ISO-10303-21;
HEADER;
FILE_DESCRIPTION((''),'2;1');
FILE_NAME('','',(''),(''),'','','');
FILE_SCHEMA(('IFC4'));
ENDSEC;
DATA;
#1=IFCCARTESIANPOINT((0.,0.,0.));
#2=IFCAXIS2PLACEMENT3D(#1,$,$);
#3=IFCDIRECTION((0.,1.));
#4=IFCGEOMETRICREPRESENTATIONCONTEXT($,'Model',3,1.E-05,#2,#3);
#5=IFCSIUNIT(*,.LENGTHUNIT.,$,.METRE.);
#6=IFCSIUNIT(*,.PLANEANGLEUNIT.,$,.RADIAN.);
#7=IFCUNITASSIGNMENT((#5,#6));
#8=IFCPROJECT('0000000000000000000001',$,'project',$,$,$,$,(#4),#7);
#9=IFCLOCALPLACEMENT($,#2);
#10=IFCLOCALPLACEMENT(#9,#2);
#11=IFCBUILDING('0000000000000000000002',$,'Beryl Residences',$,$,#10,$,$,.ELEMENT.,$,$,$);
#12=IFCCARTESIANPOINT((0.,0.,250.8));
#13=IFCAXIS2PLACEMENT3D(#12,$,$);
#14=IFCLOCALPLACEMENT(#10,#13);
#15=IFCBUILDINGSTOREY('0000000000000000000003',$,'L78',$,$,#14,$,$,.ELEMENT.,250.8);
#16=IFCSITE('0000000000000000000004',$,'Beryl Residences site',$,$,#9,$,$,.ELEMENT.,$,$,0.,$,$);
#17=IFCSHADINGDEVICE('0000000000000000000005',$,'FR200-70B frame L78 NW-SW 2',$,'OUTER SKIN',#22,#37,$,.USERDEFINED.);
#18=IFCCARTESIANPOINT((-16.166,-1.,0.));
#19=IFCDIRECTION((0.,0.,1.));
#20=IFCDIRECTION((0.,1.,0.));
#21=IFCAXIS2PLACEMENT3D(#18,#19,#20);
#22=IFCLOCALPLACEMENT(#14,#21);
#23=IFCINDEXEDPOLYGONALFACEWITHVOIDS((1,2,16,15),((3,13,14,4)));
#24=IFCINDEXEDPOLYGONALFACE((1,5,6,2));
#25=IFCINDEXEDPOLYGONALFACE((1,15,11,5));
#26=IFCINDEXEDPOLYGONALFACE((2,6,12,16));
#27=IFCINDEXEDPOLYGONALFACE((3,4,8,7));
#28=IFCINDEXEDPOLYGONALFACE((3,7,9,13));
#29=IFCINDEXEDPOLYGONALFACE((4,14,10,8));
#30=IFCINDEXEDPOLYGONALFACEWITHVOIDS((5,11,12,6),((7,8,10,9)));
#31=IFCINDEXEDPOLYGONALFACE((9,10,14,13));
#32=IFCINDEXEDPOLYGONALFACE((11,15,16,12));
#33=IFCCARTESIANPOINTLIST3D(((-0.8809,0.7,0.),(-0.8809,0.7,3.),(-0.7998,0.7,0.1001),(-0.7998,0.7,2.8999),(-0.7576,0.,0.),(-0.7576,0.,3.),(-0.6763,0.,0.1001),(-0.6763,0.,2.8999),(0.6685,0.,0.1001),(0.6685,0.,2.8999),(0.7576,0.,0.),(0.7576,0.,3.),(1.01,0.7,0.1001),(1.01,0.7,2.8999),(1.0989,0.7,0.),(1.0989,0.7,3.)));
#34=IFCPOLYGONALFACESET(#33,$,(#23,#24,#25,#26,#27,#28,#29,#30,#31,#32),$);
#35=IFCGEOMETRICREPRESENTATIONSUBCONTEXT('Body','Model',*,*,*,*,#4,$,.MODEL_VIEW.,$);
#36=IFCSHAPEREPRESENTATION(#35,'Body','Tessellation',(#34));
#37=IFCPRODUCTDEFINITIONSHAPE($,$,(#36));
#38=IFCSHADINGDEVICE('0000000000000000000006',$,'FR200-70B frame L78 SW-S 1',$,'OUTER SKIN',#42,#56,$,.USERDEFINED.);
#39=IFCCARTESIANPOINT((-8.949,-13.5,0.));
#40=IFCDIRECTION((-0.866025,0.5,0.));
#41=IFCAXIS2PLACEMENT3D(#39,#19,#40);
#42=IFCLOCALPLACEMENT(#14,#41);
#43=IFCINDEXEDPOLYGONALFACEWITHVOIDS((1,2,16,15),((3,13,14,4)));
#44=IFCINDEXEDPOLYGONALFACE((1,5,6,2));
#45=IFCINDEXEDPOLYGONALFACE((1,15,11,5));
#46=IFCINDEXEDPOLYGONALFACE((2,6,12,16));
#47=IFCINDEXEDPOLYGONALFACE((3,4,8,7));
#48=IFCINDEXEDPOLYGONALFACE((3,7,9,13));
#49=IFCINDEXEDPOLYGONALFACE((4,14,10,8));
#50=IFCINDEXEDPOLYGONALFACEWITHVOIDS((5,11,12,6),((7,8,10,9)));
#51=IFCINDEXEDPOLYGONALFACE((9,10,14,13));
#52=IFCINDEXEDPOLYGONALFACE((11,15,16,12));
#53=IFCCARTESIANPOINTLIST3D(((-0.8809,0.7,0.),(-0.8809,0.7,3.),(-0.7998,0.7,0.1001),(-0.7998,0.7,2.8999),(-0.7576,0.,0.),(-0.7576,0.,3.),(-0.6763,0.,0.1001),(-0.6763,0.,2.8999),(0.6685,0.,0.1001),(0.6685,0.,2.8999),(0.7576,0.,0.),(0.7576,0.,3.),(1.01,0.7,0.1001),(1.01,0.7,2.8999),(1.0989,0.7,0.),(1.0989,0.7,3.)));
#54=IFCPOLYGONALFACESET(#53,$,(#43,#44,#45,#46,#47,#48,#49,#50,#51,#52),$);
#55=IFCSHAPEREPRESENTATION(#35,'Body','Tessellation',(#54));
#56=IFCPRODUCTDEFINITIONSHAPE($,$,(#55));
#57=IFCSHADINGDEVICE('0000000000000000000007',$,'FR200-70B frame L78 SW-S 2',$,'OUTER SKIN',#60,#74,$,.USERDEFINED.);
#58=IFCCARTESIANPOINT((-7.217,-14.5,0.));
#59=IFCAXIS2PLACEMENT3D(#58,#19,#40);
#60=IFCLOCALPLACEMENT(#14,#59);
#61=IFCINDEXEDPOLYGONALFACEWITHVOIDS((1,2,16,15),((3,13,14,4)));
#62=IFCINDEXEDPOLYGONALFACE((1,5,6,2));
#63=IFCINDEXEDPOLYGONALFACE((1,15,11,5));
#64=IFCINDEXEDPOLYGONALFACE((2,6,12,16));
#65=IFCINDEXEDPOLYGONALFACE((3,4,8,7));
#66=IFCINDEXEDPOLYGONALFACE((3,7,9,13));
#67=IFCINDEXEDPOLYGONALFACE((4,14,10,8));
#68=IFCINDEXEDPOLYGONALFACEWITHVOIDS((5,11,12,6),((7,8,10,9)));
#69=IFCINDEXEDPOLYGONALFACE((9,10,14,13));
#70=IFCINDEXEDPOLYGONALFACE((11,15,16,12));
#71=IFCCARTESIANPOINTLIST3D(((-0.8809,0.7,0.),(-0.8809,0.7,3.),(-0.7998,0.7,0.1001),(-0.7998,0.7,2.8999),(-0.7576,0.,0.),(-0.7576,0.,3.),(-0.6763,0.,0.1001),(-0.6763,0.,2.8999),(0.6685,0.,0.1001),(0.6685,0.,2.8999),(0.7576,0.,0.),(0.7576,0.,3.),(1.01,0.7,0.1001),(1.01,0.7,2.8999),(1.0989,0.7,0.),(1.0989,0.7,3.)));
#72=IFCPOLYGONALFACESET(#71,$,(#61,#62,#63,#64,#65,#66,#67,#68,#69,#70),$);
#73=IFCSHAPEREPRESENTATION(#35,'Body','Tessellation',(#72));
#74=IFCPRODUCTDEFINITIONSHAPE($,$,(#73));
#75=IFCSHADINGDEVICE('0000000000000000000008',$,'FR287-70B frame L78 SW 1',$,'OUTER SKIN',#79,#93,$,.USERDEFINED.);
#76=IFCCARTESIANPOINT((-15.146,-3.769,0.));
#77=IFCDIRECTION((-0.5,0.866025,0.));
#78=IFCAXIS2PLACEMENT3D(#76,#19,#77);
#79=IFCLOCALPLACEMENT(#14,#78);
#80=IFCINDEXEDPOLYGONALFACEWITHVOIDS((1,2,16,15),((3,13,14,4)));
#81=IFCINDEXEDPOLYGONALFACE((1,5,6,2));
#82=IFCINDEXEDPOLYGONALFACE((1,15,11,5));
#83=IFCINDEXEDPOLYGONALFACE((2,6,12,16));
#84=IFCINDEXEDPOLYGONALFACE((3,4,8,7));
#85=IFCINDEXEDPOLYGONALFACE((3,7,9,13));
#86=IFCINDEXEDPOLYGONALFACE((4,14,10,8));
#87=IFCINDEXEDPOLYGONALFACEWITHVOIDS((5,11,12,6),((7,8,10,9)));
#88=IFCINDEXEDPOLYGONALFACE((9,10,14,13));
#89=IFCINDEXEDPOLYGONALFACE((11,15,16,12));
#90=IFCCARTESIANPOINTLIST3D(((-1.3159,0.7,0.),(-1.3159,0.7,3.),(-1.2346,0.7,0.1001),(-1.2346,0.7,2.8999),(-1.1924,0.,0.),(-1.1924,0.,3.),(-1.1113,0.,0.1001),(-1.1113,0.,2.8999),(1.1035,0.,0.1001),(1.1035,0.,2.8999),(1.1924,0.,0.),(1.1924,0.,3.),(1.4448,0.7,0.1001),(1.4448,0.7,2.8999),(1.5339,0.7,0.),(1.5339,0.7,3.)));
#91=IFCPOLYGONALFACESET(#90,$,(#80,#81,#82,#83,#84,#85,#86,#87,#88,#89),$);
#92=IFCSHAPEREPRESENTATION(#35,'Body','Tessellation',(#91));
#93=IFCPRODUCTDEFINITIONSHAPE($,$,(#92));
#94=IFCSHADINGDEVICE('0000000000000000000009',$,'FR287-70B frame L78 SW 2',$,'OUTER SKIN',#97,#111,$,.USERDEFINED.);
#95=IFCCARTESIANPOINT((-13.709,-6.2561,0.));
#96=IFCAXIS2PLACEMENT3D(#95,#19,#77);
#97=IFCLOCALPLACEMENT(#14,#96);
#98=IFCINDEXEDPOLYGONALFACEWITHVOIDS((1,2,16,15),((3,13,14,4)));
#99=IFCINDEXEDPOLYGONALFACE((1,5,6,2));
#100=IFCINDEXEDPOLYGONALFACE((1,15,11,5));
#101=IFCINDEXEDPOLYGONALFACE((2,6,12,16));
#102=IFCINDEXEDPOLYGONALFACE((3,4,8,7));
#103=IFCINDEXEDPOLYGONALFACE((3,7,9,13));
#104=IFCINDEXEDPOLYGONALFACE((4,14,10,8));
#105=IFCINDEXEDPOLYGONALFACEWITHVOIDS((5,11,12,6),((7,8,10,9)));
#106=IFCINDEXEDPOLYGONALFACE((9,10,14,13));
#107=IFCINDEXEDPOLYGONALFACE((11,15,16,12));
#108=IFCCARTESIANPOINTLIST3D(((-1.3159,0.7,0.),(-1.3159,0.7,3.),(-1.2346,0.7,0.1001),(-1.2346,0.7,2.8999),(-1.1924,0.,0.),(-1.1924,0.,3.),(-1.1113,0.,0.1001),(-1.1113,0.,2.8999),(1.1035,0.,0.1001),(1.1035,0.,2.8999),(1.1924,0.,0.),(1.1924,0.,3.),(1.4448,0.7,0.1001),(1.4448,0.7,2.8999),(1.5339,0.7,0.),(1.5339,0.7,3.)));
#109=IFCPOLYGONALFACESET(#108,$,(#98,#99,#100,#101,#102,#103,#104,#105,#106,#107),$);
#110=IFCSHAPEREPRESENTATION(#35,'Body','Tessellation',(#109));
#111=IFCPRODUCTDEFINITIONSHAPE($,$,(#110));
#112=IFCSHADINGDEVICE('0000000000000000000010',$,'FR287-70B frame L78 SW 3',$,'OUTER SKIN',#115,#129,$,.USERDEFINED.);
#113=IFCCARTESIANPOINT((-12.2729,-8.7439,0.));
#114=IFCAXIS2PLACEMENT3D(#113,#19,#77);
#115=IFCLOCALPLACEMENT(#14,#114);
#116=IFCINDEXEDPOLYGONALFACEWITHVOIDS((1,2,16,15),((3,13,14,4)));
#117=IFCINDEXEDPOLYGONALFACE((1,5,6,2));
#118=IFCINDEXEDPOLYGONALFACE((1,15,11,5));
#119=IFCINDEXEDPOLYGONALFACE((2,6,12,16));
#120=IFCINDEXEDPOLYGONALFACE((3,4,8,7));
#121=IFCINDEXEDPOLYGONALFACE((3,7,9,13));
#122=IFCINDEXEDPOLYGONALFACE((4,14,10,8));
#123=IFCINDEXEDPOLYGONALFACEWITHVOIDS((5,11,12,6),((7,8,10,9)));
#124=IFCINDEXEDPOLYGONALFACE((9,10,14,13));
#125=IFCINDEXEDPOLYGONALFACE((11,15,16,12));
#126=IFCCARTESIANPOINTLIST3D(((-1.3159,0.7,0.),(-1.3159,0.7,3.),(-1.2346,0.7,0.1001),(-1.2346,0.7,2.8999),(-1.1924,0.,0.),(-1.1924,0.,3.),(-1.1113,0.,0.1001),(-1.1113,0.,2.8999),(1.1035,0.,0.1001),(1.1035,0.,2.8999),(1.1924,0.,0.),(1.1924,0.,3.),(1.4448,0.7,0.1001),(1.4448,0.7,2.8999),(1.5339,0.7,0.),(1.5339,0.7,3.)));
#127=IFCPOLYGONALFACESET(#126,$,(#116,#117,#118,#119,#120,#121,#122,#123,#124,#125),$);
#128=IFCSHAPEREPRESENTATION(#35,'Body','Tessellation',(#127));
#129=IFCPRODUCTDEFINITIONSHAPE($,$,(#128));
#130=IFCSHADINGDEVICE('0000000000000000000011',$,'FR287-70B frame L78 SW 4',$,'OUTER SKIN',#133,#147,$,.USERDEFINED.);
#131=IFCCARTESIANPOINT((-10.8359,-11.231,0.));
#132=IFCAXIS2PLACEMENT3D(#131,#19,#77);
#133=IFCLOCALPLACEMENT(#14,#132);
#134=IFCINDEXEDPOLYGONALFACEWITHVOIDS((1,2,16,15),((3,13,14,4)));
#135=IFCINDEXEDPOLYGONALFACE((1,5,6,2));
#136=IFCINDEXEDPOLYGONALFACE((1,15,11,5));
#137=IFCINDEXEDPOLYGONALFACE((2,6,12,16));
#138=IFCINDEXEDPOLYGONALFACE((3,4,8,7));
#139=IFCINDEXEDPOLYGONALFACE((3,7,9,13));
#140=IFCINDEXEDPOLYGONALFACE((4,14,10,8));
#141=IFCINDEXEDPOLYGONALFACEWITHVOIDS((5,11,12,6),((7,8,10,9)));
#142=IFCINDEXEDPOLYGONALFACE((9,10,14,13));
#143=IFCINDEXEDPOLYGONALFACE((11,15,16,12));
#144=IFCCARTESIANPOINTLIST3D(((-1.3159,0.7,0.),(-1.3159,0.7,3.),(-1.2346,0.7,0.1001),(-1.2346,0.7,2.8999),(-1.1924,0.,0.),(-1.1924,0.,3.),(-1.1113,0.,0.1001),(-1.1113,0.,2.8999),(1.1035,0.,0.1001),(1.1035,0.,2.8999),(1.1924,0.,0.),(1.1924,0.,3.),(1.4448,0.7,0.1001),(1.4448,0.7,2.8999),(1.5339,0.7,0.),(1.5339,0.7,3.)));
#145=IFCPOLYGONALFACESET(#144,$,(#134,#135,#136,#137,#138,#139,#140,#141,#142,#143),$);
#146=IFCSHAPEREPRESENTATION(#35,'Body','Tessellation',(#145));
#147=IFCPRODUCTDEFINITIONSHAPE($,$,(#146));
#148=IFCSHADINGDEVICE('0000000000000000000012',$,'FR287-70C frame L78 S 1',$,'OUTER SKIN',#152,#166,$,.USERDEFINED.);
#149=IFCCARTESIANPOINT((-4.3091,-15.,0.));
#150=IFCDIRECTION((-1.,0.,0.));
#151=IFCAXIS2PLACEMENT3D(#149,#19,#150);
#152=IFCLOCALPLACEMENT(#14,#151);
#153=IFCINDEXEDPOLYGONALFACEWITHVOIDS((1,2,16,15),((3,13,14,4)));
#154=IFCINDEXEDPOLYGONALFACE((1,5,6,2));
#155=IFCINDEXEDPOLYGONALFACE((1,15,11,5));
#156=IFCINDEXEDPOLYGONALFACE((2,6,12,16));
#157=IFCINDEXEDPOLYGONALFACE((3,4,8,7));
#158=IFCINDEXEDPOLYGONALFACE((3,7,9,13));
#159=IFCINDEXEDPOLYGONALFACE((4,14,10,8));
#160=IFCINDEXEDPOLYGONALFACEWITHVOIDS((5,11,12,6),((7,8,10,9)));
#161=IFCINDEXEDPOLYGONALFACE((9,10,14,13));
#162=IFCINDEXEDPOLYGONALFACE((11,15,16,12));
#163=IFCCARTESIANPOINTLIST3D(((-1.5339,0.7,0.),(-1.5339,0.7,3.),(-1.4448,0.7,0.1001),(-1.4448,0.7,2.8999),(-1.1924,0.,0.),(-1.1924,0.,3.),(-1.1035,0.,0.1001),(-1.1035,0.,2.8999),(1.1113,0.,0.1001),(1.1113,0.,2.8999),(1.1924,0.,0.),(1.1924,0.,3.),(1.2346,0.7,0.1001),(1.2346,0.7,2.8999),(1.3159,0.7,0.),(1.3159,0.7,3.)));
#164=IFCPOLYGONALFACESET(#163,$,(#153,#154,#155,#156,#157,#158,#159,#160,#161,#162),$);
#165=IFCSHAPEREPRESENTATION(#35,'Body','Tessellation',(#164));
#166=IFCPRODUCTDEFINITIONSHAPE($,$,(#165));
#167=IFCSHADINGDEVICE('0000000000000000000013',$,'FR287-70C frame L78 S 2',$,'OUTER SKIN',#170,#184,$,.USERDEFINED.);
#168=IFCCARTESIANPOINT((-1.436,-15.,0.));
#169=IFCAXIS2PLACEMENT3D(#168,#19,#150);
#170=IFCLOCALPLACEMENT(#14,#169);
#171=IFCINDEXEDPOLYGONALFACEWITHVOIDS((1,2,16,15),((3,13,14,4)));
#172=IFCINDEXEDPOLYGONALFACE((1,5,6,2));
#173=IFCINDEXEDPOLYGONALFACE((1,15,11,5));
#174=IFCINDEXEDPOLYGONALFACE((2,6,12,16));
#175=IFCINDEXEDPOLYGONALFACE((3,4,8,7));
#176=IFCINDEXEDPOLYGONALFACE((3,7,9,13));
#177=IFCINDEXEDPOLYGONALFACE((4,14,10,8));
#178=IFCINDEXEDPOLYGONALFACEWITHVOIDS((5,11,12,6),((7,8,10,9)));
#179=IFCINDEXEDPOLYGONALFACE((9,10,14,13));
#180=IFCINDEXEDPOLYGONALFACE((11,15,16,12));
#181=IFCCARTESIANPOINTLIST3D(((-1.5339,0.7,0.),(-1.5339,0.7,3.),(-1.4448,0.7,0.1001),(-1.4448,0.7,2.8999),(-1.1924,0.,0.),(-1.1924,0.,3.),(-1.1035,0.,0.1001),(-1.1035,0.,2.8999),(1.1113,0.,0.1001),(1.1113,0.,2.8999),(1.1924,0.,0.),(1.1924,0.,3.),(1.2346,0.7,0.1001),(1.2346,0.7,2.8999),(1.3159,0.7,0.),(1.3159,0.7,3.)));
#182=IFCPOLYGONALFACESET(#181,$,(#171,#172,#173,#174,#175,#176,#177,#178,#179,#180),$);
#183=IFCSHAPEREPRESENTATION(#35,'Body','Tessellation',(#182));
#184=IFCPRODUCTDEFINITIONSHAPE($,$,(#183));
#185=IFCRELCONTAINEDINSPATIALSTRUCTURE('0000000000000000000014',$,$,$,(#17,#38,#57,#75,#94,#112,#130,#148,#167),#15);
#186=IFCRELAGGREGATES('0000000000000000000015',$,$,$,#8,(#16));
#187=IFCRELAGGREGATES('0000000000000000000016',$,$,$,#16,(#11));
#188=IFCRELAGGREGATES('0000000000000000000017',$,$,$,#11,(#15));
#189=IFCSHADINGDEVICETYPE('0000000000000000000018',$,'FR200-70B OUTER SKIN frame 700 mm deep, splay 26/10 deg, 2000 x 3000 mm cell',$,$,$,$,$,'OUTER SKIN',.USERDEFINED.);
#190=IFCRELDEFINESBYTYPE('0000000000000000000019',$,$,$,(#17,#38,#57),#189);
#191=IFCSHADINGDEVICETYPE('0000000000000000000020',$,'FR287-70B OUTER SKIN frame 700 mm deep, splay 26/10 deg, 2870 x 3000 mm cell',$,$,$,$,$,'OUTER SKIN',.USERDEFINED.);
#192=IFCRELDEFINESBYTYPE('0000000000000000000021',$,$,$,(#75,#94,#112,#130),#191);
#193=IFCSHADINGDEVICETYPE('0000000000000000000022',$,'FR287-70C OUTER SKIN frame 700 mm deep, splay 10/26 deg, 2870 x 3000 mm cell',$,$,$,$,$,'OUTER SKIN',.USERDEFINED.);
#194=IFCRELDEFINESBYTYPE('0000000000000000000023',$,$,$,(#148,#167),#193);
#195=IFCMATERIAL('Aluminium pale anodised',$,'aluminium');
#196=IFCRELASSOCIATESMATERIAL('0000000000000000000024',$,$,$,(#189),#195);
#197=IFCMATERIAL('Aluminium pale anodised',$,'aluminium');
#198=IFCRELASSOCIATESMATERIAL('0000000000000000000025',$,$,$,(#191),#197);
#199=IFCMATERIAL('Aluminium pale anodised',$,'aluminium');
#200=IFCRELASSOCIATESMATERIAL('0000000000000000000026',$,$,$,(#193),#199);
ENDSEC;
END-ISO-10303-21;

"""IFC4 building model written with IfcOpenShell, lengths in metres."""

from ifc_helpers import new_model, entity, si_unit, direction, frame, origin, place, context, subcontext, project, spatial, source, transform, mapped, material, type_object, type_shapes, element, save


model = new_model("IFC4")

# Units and contexts
model_context = context("Model", 3, precision=1e-05, world=origin(), true_north=direction((0.0, 1.0)))
body_context = subcontext(model_context, "Body", "Model", "MODEL_VIEW")
ifc_project = project(units=[si_unit("LENGTHUNIT", "METRE"), si_unit("PLANEANGLEUNIT", "RADIAN")], contexts=[model_context])

# Site, building, storey
site_placement = place(None, origin())
site = spatial("IfcSite", under=ifc_project, at=site_placement, Name="Beryl Residences site", CompositionType="ELEMENT", RefElevation=0.0)
building_placement = place(site_placement, origin())
building = spatial("IfcBuilding", under=site, at=building_placement, Name="Beryl Residences", CompositionType="ELEMENT")
storey_placement = place(building_placement, frame((0.0, 0.0, 250.8)))
storey = spatial("IfcBuildingStorey", under=building, at=storey_placement, Name="L78", CompositionType="ELEMENT", Elevation=250.8)

# Shading devices
ifc_material_1 = material(Name="Aluminium pale anodised", Category="aluminium")
shading_device_type_1 = type_object("IfcShadingDeviceType", Name="FR200-70B OUTER SKIN frame 700 mm deep, splay 26/10 deg, 2000 x 3000 mm cell", ElementType="OUTER SKIN", PredefinedType="USERDEFINED", material=ifc_material_1)
cartesian_point_1 = entity("IfcCartesianPoint", [-0.7576, 0.0])
cartesian_point_2 = entity("IfcCartesianPoint", [-0.6685, 0.1001])
cartesian_point_3 = entity("IfcCartesianPoint", [-1.0989, 0.0])
cartesian_point_4 = entity("IfcCartesianPoint", [-1.01, 0.1001])
shared_shape_1 = source(origin(), body_context, "Body", "SweptSolid", [
    entity("IfcExtrudedAreaSolidTapered", entity("IfcArbitraryProfileDefWithVoids", "AREA", None, entity("IfcPolyline", [cartesian_point_1, entity("IfcCartesianPoint", [0.7576, 0.0]), entity("IfcCartesianPoint", [0.7576, 3.0]), entity("IfcCartesianPoint", [-0.7576, 3.0]), cartesian_point_1]), [entity("IfcPolyline", [cartesian_point_2, entity("IfcCartesianPoint", [0.6763, 0.1001]), entity("IfcCartesianPoint", [0.6763, 2.8999]), entity("IfcCartesianPoint", [-0.6685, 2.8999]), cartesian_point_2])]), entity("IfcAxis2Placement3D", entity("IfcCartesianPoint", [0.0, 0.0, 0.0]), entity("IfcDirection", [0.0, 1.0, 0.0]), entity("IfcDirection", [-1.0, 0.0, 0.0])), entity("IfcDirection", [0.0, 0.0, 1.0]), 0.7, entity("IfcArbitraryProfileDefWithVoids", "AREA", None, entity("IfcPolyline", [cartesian_point_3, entity("IfcCartesianPoint", [0.8809, 0.0]), entity("IfcCartesianPoint", [0.8809, 3.0]), entity("IfcCartesianPoint", [-1.0989, 3.0]), cartesian_point_3]), [entity("IfcPolyline", [cartesian_point_4, entity("IfcCartesianPoint", [0.7998, 0.1001]), entity("IfcCartesianPoint", [0.7998, 2.8999]), entity("IfcCartesianPoint", [-1.01, 2.8999]), cartesian_point_4])])),
])
type_shapes(shading_device_type_1, [shared_shape_1])
for number, where, z_axis, x_axis, name in (
    (1, (-16.166, -1.0, 0.0), (0.0, 0.0, 1.0), (0.0, 1.0, 0.0), "FR200-70B frame L78 NW-SW 2"),
    (2, (-8.949, -13.5, 0.0), (0.0, 0.0, 1.0), (-0.866025, 0.5, 0.0), "FR200-70B frame L78 SW-S 1"),
    (3, (-7.217, -14.5, 0.0), (0.0, 0.0, 1.0), (-0.866025, 0.5, 0.0), "FR200-70B frame L78 SW-S 2"),
):
    element("IfcShadingDevice", number, at=place(storey_placement, frame(where, z_axis=z_axis, x_axis=x_axis)), inside=storey, type_object=shading_device_type_1, Name=name, ObjectType="OUTER SKIN", PredefinedType="USERDEFINED", context=body_context, shape_type="MappedRepresentation", body=[
        mapped(shared_shape_1, transform((0.0, 0.0, 0.0))),
    ])
ifc_material_2 = material(Name="Aluminium pale anodised", Category="aluminium")
shading_device_type_2 = type_object("IfcShadingDeviceType", Name="FR287-70B OUTER SKIN frame 700 mm deep, splay 26/10 deg, 2870 x 3000 mm cell", ElementType="OUTER SKIN", PredefinedType="USERDEFINED", material=ifc_material_2)
cartesian_point_5 = entity("IfcCartesianPoint", [-1.1924, 0.0])
cartesian_point_6 = entity("IfcCartesianPoint", [-1.1035, 0.1001])
cartesian_point_7 = entity("IfcCartesianPoint", [-1.5339, 0.0])
cartesian_point_8 = entity("IfcCartesianPoint", [-1.4448, 0.1001])
shared_shape_2 = source(origin(), body_context, "Body", "SweptSolid", [
    entity("IfcExtrudedAreaSolidTapered", entity("IfcArbitraryProfileDefWithVoids", "AREA", None, entity("IfcPolyline", [cartesian_point_5, entity("IfcCartesianPoint", [1.1924, 0.0]), entity("IfcCartesianPoint", [1.1924, 3.0]), entity("IfcCartesianPoint", [-1.1924, 3.0]), cartesian_point_5]), [entity("IfcPolyline", [cartesian_point_6, entity("IfcCartesianPoint", [1.1113, 0.1001]), entity("IfcCartesianPoint", [1.1113, 2.8999]), entity("IfcCartesianPoint", [-1.1035, 2.8999]), cartesian_point_6])]), entity("IfcAxis2Placement3D", entity("IfcCartesianPoint", [0.0, 0.0, 0.0]), entity("IfcDirection", [0.0, 1.0, 0.0]), entity("IfcDirection", [-1.0, 0.0, 0.0])), entity("IfcDirection", [0.0, 0.0, 1.0]), 0.7, entity("IfcArbitraryProfileDefWithVoids", "AREA", None, entity("IfcPolyline", [cartesian_point_7, entity("IfcCartesianPoint", [1.3159, 0.0]), entity("IfcCartesianPoint", [1.3159, 3.0]), entity("IfcCartesianPoint", [-1.5339, 3.0]), cartesian_point_7]), [entity("IfcPolyline", [cartesian_point_8, entity("IfcCartesianPoint", [1.2346, 0.1001]), entity("IfcCartesianPoint", [1.2346, 2.8999]), entity("IfcCartesianPoint", [-1.4448, 2.8999]), cartesian_point_8])])),
])
type_shapes(shading_device_type_2, [shared_shape_2])
for number, where, z_axis, x_axis, name in (
    (4, (-15.146, -3.769, 0.0), (0.0, 0.0, 1.0), (-0.5, 0.866025, 0.0), "FR287-70B frame L78 SW 1"),
    (5, (-13.709, -6.2561, 0.0), (0.0, 0.0, 1.0), (-0.5, 0.866025, 0.0), "FR287-70B frame L78 SW 2"),
    (6, (-12.2729, -8.7439, 0.0), (0.0, 0.0, 1.0), (-0.5, 0.866025, 0.0), "FR287-70B frame L78 SW 3"),
    (7, (-10.8359, -11.231, 0.0), (0.0, 0.0, 1.0), (-0.5, 0.866025, 0.0), "FR287-70B frame L78 SW 4"),
):
    element("IfcShadingDevice", number, at=place(storey_placement, frame(where, z_axis=z_axis, x_axis=x_axis)), inside=storey, type_object=shading_device_type_2, Name=name, ObjectType="OUTER SKIN", PredefinedType="USERDEFINED", context=body_context, shape_type="MappedRepresentation", body=[
        mapped(shared_shape_2, transform((0.0, 0.0, 0.0))),
    ])
ifc_material_3 = material(Name="Aluminium pale anodised", Category="aluminium")
shading_device_type_3 = type_object("IfcShadingDeviceType", Name="FR287-70C OUTER SKIN frame 700 mm deep, splay 10/26 deg, 2870 x 3000 mm cell", ElementType="OUTER SKIN", PredefinedType="USERDEFINED", material=ifc_material_3)
cartesian_point_9 = entity("IfcCartesianPoint", [-1.1924, 0.0])
cartesian_point_10 = entity("IfcCartesianPoint", [-1.1113, 0.1001])
cartesian_point_11 = entity("IfcCartesianPoint", [-1.3159, 0.0])
cartesian_point_12 = entity("IfcCartesianPoint", [-1.2346, 0.1001])
shared_shape_3 = source(origin(), body_context, "Body", "SweptSolid", [
    entity("IfcExtrudedAreaSolidTapered", entity("IfcArbitraryProfileDefWithVoids", "AREA", None, entity("IfcPolyline", [cartesian_point_9, entity("IfcCartesianPoint", [1.1924, 0.0]), entity("IfcCartesianPoint", [1.1924, 3.0]), entity("IfcCartesianPoint", [-1.1924, 3.0]), cartesian_point_9]), [entity("IfcPolyline", [cartesian_point_10, entity("IfcCartesianPoint", [1.1035, 0.1001]), entity("IfcCartesianPoint", [1.1035, 2.8999]), entity("IfcCartesianPoint", [-1.1113, 2.8999]), cartesian_point_10])]), entity("IfcAxis2Placement3D", entity("IfcCartesianPoint", [0.0, 0.0, 0.0]), entity("IfcDirection", [0.0, 1.0, 0.0]), entity("IfcDirection", [-1.0, 0.0, 0.0])), entity("IfcDirection", [0.0, 0.0, 1.0]), 0.7, entity("IfcArbitraryProfileDefWithVoids", "AREA", None, entity("IfcPolyline", [cartesian_point_11, entity("IfcCartesianPoint", [1.5339, 0.0]), entity("IfcCartesianPoint", [1.5339, 3.0]), entity("IfcCartesianPoint", [-1.3159, 3.0]), cartesian_point_11]), [entity("IfcPolyline", [cartesian_point_12, entity("IfcCartesianPoint", [1.4448, 0.1001]), entity("IfcCartesianPoint", [1.4448, 2.8999]), entity("IfcCartesianPoint", [-1.2346, 2.8999]), cartesian_point_12])])),
])
type_shapes(shading_device_type_3, [shared_shape_3])
for number, where, z_axis, x_axis, name in (
    (8, (-4.3091, -15.0, 0.0), (0.0, 0.0, 1.0), (-1.0, 0.0, 0.0), "FR287-70C frame L78 S 1"),
    (9, (-1.436, -15.0, 0.0), (0.0, 0.0, 1.0), (-1.0, 0.0, 0.0), "FR287-70C frame L78 S 2"),
):
    element("IfcShadingDevice", number, at=place(storey_placement, frame(where, z_axis=z_axis, x_axis=x_axis)), inside=storey, type_object=shading_device_type_3, Name=name, ObjectType="OUTER SKIN", PredefinedType="USERDEFINED", context=body_context, shape_type="MappedRepresentation", body=[
        mapped(shared_shape_3, transform((0.0, 0.0, 0.0))),
    ])

save(model, "model.ifc")
